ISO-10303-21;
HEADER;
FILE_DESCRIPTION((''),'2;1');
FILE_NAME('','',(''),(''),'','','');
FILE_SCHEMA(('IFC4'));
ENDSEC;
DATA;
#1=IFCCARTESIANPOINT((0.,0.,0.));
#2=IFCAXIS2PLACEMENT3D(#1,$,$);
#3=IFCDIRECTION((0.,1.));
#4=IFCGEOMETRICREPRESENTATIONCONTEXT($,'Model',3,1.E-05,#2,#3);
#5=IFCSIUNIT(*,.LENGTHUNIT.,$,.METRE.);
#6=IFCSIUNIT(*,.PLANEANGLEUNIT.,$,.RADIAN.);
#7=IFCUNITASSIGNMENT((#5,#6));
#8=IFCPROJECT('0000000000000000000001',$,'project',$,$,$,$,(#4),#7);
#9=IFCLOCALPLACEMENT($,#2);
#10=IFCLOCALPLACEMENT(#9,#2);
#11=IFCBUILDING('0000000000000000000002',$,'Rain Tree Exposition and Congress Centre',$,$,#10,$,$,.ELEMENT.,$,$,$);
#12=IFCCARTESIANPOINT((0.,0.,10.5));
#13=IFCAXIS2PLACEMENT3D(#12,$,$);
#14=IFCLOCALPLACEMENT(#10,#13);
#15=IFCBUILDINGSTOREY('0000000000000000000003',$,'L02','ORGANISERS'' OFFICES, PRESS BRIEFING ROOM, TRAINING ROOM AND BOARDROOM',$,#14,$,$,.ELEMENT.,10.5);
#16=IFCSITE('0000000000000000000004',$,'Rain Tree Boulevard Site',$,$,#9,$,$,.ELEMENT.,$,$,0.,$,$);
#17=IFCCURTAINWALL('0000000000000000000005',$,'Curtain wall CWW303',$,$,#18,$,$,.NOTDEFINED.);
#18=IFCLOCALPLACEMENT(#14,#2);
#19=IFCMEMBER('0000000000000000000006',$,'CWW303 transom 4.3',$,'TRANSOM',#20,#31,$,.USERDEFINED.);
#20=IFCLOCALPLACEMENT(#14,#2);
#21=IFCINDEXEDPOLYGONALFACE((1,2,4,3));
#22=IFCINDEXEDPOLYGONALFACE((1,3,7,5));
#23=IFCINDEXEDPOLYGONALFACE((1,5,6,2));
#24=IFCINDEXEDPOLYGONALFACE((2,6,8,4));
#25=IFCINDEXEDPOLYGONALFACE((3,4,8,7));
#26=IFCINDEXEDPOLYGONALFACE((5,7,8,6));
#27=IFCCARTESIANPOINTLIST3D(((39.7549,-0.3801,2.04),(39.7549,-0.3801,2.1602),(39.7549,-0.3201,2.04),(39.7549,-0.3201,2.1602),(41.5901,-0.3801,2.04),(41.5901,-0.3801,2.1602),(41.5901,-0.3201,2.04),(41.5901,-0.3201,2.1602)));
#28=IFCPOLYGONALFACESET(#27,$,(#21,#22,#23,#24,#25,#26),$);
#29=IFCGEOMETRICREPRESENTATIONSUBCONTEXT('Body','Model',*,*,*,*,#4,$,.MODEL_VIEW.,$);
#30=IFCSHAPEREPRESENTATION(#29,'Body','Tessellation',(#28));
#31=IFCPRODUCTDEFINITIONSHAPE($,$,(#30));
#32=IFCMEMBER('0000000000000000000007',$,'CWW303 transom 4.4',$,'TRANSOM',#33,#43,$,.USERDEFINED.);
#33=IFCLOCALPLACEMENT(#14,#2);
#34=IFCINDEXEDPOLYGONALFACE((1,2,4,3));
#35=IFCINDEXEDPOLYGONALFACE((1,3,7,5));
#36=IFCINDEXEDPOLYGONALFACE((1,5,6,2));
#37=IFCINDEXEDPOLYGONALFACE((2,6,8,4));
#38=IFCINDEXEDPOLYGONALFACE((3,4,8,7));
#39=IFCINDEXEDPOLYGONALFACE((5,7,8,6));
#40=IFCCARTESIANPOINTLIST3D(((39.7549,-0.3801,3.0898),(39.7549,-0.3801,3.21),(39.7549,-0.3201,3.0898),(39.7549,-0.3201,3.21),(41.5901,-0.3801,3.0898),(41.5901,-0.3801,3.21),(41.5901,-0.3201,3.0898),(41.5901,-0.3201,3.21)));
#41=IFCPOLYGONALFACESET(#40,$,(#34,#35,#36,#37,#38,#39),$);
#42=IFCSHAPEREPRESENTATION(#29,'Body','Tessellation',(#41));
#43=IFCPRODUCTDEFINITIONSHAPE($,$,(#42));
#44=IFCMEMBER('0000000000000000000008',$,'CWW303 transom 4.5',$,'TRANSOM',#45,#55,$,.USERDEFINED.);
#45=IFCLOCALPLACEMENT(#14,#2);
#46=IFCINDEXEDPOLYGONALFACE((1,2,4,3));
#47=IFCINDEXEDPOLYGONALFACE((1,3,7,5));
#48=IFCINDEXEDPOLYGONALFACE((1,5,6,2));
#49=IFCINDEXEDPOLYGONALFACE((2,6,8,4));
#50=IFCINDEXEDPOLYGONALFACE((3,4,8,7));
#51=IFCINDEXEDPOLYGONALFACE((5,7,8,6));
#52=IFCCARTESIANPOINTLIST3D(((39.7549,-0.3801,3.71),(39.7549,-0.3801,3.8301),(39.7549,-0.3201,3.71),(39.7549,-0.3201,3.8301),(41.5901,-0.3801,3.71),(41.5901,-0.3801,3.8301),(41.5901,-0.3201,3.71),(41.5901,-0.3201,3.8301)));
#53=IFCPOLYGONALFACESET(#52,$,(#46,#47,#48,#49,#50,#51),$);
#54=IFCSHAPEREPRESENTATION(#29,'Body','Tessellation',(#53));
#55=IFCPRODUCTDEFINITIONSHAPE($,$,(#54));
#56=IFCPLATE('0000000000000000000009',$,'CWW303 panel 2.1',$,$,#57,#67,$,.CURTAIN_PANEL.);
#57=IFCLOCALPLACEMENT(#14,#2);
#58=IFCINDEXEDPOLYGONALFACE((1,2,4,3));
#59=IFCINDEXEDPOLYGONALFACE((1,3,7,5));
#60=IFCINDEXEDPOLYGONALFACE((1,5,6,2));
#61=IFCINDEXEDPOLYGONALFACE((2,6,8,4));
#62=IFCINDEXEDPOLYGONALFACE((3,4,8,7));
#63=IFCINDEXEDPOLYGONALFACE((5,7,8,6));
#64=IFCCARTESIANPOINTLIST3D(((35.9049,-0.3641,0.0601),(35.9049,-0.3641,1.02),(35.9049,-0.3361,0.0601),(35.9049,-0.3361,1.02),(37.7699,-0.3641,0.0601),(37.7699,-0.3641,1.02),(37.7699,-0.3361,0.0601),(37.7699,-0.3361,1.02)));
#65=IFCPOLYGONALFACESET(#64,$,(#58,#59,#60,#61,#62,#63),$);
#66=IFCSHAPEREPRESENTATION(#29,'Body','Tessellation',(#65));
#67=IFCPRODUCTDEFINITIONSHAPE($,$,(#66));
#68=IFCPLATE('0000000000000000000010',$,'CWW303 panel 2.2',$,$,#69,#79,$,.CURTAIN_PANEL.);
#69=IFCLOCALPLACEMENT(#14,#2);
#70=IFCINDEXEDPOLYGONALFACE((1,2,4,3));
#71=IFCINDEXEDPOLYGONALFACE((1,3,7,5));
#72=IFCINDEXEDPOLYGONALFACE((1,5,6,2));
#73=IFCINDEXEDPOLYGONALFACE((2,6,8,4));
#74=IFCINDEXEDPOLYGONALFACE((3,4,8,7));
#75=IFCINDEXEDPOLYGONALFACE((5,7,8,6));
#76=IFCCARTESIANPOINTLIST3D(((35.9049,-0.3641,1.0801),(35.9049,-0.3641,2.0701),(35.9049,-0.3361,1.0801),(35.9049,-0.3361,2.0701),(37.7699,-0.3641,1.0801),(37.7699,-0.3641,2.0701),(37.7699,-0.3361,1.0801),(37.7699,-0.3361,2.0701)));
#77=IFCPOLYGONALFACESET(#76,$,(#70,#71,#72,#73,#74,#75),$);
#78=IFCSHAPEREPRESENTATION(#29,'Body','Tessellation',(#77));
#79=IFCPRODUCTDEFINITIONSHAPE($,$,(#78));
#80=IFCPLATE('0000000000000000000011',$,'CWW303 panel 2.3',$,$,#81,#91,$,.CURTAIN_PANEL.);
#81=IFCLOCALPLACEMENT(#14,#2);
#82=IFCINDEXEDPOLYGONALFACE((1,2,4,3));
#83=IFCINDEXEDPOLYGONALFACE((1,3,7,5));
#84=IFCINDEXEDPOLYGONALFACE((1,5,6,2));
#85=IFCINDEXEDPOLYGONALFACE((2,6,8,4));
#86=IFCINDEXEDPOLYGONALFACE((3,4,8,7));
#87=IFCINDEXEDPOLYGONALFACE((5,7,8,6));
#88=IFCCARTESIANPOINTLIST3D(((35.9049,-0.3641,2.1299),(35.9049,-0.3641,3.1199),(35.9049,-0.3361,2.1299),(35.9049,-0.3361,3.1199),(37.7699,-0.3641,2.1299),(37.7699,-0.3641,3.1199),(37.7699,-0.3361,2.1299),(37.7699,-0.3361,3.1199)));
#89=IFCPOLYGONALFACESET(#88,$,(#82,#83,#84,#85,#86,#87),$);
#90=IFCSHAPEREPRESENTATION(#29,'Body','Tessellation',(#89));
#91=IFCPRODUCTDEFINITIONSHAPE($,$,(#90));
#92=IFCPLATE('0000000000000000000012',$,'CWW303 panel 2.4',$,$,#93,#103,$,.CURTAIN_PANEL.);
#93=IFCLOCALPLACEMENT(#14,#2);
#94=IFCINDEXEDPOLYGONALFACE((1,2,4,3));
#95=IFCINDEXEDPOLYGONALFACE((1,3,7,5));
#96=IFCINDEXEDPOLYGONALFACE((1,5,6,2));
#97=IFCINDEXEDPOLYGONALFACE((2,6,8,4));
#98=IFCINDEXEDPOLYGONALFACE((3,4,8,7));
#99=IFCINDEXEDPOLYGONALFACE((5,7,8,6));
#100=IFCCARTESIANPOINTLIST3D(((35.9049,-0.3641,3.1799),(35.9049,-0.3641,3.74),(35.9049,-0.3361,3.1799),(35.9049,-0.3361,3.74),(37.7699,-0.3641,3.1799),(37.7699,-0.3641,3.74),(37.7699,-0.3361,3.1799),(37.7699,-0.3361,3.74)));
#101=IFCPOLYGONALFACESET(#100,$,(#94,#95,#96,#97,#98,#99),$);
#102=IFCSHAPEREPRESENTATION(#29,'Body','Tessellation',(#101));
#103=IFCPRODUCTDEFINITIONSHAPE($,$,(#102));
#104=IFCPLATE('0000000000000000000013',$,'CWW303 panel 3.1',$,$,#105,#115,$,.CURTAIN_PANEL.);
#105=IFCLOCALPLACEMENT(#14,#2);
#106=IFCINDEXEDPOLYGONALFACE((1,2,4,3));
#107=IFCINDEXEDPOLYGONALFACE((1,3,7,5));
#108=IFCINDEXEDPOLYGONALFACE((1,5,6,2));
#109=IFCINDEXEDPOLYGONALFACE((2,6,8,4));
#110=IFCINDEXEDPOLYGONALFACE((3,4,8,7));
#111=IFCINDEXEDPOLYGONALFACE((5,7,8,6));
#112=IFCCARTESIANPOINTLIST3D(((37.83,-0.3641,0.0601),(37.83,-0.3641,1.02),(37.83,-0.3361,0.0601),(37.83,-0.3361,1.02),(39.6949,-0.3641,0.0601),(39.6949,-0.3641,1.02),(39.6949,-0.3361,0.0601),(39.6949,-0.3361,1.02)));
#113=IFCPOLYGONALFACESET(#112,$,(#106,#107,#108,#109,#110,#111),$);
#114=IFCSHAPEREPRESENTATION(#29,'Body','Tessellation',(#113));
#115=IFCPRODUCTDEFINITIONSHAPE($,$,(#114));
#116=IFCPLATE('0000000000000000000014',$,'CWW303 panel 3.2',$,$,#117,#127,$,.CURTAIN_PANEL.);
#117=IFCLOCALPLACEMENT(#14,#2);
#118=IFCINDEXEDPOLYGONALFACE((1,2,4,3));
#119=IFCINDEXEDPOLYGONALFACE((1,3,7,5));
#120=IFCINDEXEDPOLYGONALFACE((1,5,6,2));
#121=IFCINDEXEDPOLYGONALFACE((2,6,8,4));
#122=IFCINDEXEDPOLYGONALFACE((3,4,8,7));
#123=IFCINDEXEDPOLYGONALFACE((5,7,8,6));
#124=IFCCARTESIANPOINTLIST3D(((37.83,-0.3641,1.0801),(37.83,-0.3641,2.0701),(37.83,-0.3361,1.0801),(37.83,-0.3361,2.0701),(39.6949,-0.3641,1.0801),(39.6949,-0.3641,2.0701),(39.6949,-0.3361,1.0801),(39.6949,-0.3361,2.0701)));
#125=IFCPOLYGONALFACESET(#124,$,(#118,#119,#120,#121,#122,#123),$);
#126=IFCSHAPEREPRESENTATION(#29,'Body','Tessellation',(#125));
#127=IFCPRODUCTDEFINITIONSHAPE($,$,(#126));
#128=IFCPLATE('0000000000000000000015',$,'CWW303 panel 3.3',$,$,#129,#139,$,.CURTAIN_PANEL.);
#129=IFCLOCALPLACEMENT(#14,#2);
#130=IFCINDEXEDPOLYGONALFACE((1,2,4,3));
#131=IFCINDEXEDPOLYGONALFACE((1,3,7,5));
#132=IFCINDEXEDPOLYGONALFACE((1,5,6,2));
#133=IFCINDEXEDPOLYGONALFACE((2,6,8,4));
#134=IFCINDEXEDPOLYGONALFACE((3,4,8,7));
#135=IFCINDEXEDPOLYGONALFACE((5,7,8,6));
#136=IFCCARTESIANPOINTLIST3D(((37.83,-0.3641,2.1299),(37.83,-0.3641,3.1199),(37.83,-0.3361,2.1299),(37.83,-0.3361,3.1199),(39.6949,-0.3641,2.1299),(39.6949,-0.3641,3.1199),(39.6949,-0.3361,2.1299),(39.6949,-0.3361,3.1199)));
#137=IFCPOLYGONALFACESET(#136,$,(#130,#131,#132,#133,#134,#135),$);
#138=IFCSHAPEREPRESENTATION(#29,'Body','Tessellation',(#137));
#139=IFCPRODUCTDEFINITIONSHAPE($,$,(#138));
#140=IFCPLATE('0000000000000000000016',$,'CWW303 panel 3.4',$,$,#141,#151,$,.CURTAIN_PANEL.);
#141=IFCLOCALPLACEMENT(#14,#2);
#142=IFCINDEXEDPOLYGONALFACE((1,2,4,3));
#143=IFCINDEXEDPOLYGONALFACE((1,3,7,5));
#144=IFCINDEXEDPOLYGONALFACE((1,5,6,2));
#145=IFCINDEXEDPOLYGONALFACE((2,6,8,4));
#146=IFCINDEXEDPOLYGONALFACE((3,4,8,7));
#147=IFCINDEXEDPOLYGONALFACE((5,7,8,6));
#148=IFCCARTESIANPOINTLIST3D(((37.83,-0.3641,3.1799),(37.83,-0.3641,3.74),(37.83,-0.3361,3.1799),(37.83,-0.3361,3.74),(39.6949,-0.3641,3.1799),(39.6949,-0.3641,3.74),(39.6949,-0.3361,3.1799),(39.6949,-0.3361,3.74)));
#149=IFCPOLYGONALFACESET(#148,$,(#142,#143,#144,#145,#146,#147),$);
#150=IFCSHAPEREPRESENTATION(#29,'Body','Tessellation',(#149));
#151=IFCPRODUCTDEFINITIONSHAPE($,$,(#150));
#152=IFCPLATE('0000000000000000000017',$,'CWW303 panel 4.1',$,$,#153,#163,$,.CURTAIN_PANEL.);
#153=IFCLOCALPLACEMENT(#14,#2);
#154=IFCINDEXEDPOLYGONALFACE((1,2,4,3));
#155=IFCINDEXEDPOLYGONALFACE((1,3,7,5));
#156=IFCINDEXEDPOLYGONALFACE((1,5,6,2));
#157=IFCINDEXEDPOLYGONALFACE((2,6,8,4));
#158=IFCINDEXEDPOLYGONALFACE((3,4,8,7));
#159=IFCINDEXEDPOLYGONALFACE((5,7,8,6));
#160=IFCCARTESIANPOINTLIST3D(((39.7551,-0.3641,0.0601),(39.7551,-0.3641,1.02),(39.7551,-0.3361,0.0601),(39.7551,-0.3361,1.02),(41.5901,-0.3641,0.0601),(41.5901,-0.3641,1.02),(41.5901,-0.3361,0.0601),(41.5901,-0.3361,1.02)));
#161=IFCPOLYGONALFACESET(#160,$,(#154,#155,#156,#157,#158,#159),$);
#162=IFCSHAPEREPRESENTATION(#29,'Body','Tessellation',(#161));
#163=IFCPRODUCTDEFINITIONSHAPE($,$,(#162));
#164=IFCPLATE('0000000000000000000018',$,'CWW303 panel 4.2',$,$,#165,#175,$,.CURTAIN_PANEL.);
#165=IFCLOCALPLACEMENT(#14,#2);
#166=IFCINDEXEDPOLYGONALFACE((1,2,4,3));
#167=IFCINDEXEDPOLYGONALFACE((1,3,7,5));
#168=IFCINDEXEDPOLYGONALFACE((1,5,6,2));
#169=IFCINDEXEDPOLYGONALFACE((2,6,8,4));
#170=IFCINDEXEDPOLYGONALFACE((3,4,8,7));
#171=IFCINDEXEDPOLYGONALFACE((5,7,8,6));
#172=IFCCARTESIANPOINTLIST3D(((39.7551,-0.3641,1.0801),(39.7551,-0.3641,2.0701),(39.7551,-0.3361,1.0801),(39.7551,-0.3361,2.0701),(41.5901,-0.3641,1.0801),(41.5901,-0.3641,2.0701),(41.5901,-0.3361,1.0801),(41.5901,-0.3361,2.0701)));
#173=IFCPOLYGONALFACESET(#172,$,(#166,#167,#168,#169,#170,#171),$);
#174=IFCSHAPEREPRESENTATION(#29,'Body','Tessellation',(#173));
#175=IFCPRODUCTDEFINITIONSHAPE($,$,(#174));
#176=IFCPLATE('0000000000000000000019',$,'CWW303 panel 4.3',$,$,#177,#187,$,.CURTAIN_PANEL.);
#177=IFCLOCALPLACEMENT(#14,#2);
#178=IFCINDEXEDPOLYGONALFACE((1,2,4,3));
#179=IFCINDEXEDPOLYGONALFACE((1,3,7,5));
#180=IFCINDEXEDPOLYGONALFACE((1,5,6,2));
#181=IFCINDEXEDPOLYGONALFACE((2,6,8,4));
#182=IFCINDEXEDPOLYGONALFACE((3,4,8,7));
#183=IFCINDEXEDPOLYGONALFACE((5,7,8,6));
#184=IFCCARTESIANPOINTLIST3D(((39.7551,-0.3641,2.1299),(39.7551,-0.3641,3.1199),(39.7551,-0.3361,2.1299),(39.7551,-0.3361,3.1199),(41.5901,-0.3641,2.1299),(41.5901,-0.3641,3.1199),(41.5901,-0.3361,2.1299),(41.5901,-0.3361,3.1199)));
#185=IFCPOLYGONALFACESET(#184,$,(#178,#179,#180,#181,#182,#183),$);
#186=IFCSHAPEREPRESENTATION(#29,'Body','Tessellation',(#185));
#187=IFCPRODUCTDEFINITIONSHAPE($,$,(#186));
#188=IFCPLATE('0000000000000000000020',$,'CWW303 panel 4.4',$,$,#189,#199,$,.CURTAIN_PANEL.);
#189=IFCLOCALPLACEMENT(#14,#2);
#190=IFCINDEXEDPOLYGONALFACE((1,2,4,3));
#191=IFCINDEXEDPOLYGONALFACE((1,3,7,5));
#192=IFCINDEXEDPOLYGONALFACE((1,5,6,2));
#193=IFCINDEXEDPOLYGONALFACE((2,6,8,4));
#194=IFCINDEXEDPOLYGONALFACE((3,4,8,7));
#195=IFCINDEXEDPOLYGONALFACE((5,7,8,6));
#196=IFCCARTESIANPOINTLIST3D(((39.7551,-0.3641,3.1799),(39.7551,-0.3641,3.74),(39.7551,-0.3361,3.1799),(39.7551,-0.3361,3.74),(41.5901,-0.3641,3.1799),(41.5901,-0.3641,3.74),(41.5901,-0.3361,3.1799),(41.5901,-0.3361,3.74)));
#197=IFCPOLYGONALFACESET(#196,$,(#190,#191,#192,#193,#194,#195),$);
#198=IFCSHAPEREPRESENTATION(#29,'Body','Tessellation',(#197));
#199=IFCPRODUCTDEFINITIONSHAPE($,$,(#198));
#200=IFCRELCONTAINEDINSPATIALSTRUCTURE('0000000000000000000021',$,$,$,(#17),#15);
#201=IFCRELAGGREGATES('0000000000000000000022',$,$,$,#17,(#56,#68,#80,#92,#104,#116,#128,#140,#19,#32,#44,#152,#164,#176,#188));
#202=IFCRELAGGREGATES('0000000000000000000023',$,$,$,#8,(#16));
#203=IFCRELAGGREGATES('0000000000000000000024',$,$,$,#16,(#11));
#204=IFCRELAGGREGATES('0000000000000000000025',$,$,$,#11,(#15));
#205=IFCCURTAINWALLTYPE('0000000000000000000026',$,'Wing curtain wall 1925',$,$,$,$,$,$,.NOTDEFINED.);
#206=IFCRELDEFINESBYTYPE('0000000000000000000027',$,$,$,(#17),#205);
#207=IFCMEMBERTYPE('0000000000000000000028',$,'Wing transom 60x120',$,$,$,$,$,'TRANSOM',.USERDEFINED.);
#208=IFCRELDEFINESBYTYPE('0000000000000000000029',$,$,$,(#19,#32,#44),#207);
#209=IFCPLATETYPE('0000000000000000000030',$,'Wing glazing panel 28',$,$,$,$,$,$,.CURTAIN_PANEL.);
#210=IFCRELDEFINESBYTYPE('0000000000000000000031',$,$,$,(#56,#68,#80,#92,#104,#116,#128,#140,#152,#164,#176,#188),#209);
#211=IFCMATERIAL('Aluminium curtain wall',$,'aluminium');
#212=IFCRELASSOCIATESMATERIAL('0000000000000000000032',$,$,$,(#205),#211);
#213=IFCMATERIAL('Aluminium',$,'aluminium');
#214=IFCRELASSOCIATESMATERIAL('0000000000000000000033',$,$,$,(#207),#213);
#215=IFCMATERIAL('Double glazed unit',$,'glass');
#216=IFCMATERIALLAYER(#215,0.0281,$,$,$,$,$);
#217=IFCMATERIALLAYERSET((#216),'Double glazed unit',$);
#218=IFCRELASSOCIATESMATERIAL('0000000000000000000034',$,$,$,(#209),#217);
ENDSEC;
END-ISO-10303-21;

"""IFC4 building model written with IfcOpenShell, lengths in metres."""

from ifc_helpers import new_model, si_unit, direction, frame, origin, origin_2d, place, context, subcontext, project, spatial, rectangle, extrude, material, layer, layer_set, material_profile, profile_set, type_object, element, aggregate, save


model = new_model("IFC4")

# Units and contexts
model_context = context("Model", 3, precision=1e-05, world=origin(), true_north=direction((0.0, 1.0)))
body_context = subcontext(model_context, "Body", "Model", "MODEL_VIEW")
ifc_project = project(units=[si_unit("LENGTHUNIT", "METRE"), si_unit("PLANEANGLEUNIT", "RADIAN")], contexts=[model_context])

# Site, building, storey
site_placement = place(None, origin())
site = spatial("IfcSite", under=ifc_project, at=site_placement, Name="Rain Tree Boulevard Site", CompositionType="ELEMENT", RefElevation=0.0)
building_placement = place(site_placement, origin())
building = spatial("IfcBuilding", under=site, at=building_placement, Name="Rain Tree Exposition and Congress Centre", CompositionType="ELEMENT")
storey_placement = place(building_placement, frame((0.0, 0.0, 10.5)))
storey = spatial("IfcBuildingStorey", under=building, at=storey_placement, Name="L02", Description="ORGANISERS' OFFICES, PRESS BRIEFING ROOM, TRAINING ROOM AND BOARDROOM", CompositionType="ELEMENT", Elevation=10.5)

# Curtain wall, members, plates
ifc_material_1 = material(Name="Aluminium curtain wall", Category="aluminium")
curtain_wall_type = type_object("IfcCurtainWallType", Name="Wing curtain wall 1925", PredefinedType="NOTDEFINED", material=ifc_material_1)
curtain_wall_placement = place(storey_placement, origin())
curtain_wall = element("IfcCurtainWall", 1, at=curtain_wall_placement, inside=storey, type_object=curtain_wall_type, Name="Curtain wall CWW303", PredefinedType="NOTDEFINED")
ifc_material_2 = material(Name="Aluminium", Category="aluminium")
ifc_material_profile_1 = material_profile(ifc_material_2, rectangle(XDim=0.0601, YDim=0.1201, at=origin_2d()), Name="Aluminium 60x120")
ifc_profile_set_1 = profile_set([ifc_material_profile_1], Name="Aluminium")
member_type_1 = type_object("IfcMemberType", Name="Wing transom 60x120", ElementType="TRANSOM", PredefinedType="USERDEFINED", material=ifc_profile_set_1)
member_1_placement = place(storey_placement, frame((39.7549, -0.3501, 2.1001), z_axis=(1.0, 0.0, 0.0), x_axis=(0.0, 1.0, 0.0)))
member_1 = element("IfcMember", 2, at=member_1_placement, type_object=member_type_1, Name="CWW303 transom 4.3", ObjectType="TRANSOM", PredefinedType="USERDEFINED", context=body_context, shape_type="SweptSolid", body=[
    extrude(rectangle(XDim=0.0601, YDim=0.1201, at=origin_2d()), origin(), (0.0, 0.0, 1.0), 1.8352),
])
member_2_placement = place(storey_placement, frame((39.7549, -0.3501, 3.1499), z_axis=(1.0, 0.0, 0.0), x_axis=(0.0, 1.0, 0.0)))
member_2 = element("IfcMember", 3, at=member_2_placement, type_object=member_type_1, Name="CWW303 transom 4.4", ObjectType="TRANSOM", PredefinedType="USERDEFINED", context=body_context, shape_type="SweptSolid", body=[
    extrude(rectangle(XDim=0.0601, YDim=0.1201, at=origin_2d()), origin(), (0.0, 0.0, 1.0), 1.8352),
])
member_3_placement = place(storey_placement, frame((39.7549, -0.3501, 3.77), z_axis=(1.0, 0.0, 0.0), x_axis=(0.0, 1.0, 0.0)))
member_3 = element("IfcMember", 4, at=member_3_placement, type_object=member_type_1, Name="CWW303 transom 4.5", ObjectType="TRANSOM", PredefinedType="USERDEFINED", context=body_context, shape_type="SweptSolid", body=[
    extrude(rectangle(XDim=0.0601, YDim=0.1201, at=origin_2d()), origin(), (0.0, 0.0, 1.0), 1.8352),
])
ifc_material_3 = material(Name="Double glazed unit", Category="glass")
ifc_layer_1 = layer(ifc_material_3, 0.0281)
ifc_layer_set_1 = layer_set([ifc_layer_1], Name="Double glazed unit")
plate_type = type_object("IfcPlateType", Name="Wing glazing panel 28", PredefinedType="CURTAIN_PANEL", material=ifc_layer_set_1)
plate_1_placement = place(storey_placement, frame((36.8374, -0.3501, 0.0601), z_axis=(0.0, 0.0, 1.0), x_axis=(1.0, 0.0, 0.0)))
plate_1 = element("IfcPlate", 5, at=plate_1_placement, type_object=plate_type, Name="CWW303 panel 2.1", PredefinedType="CURTAIN_PANEL", context=body_context, shape_type="SweptSolid", body=[
    extrude(rectangle(XDim=1.865, YDim=0.0281, at=origin_2d()), origin(), (0.0, 0.0, 1.0), 0.96),
])
plate_2_placement = place(storey_placement, frame((36.8374, -0.3501, 1.0801), z_axis=(0.0, 0.0, 1.0), x_axis=(1.0, 0.0, 0.0)))
plate_2 = element("IfcPlate", 6, at=plate_2_placement, type_object=plate_type, Name="CWW303 panel 2.2", PredefinedType="CURTAIN_PANEL", context=body_context, shape_type="SweptSolid", body=[
    extrude(rectangle(XDim=1.865, YDim=0.0281, at=origin_2d()), origin(), (0.0, 0.0, 1.0), 0.99),
])
plate_3_placement = place(storey_placement, frame((36.8374, -0.3501, 2.1299), z_axis=(0.0, 0.0, 1.0), x_axis=(1.0, 0.0, 0.0)))
plate_3 = element("IfcPlate", 7, at=plate_3_placement, type_object=plate_type, Name="CWW303 panel 2.3", PredefinedType="CURTAIN_PANEL", context=body_context, shape_type="SweptSolid", body=[
    extrude(rectangle(XDim=1.865, YDim=0.0281, at=origin_2d()), origin(), (0.0, 0.0, 1.0), 0.99),
])
plate_4_placement = place(storey_placement, frame((36.8374, -0.3501, 3.1799), z_axis=(0.0, 0.0, 1.0), x_axis=(1.0, 0.0, 0.0)))
plate_4 = element("IfcPlate", 8, at=plate_4_placement, type_object=plate_type, Name="CWW303 panel 2.4", PredefinedType="CURTAIN_PANEL", context=body_context, shape_type="SweptSolid", body=[
    extrude(rectangle(XDim=1.865, YDim=0.0281, at=origin_2d()), origin(), (0.0, 0.0, 1.0), 0.5601),
])
plate_5_placement = place(storey_placement, frame((38.7625, -0.3501, 0.0601), z_axis=(0.0, 0.0, 1.0), x_axis=(1.0, 0.0, 0.0)))
plate_5 = element("IfcPlate", 9, at=plate_5_placement, type_object=plate_type, Name="CWW303 panel 3.1", PredefinedType="CURTAIN_PANEL", context=body_context, shape_type="SweptSolid", body=[
    extrude(rectangle(XDim=1.865, YDim=0.0281, at=origin_2d()), origin(), (0.0, 0.0, 1.0), 0.96),
])
plate_6_placement = place(storey_placement, frame((38.7625, -0.3501, 1.0801), z_axis=(0.0, 0.0, 1.0), x_axis=(1.0, 0.0, 0.0)))
plate_6 = element("IfcPlate", 10, at=plate_6_placement, type_object=plate_type, Name="CWW303 panel 3.2", PredefinedType="CURTAIN_PANEL", context=body_context, shape_type="SweptSolid", body=[
    extrude(rectangle(XDim=1.865, YDim=0.0281, at=origin_2d()), origin(), (0.0, 0.0, 1.0), 0.99),
])
plate_7_placement = place(storey_placement, frame((38.7625, -0.3501, 2.1299), z_axis=(0.0, 0.0, 1.0), x_axis=(1.0, 0.0, 0.0)))
plate_7 = element("IfcPlate", 11, at=plate_7_placement, type_object=plate_type, Name="CWW303 panel 3.3", PredefinedType="CURTAIN_PANEL", context=body_context, shape_type="SweptSolid", body=[
    extrude(rectangle(XDim=1.865, YDim=0.0281, at=origin_2d()), origin(), (0.0, 0.0, 1.0), 0.99),
])
plate_8_placement = place(storey_placement, frame((38.7625, -0.3501, 3.1799), z_axis=(0.0, 0.0, 1.0), x_axis=(1.0, 0.0, 0.0)))
plate_8 = element("IfcPlate", 12, at=plate_8_placement, type_object=plate_type, Name="CWW303 panel 3.4", PredefinedType="CURTAIN_PANEL", context=body_context, shape_type="SweptSolid", body=[
    extrude(rectangle(XDim=1.865, YDim=0.0281, at=origin_2d()), origin(), (0.0, 0.0, 1.0), 0.5601),
])
plate_9_placement = place(storey_placement, frame((40.6726, -0.3501, 0.0601), z_axis=(0.0, 0.0, 1.0), x_axis=(1.0, 0.0, 0.0)))
plate_9 = element("IfcPlate", 13, at=plate_9_placement, type_object=plate_type, Name="CWW303 panel 4.1", PredefinedType="CURTAIN_PANEL", context=body_context, shape_type="SweptSolid", body=[
    extrude(rectangle(XDim=1.835, YDim=0.0281, at=origin_2d()), origin(), (0.0, 0.0, 1.0), 0.96),
])
plate_10_placement = place(storey_placement, frame((40.6726, -0.3501, 1.0801), z_axis=(0.0, 0.0, 1.0), x_axis=(1.0, 0.0, 0.0)))
plate_10 = element("IfcPlate", 14, at=plate_10_placement, type_object=plate_type, Name="CWW303 panel 4.2", PredefinedType="CURTAIN_PANEL", context=body_context, shape_type="SweptSolid", body=[
    extrude(rectangle(XDim=1.835, YDim=0.0281, at=origin_2d()), origin(), (0.0, 0.0, 1.0), 0.99),
])
plate_11_placement = place(storey_placement, frame((40.6726, -0.3501, 2.1299), z_axis=(0.0, 0.0, 1.0), x_axis=(1.0, 0.0, 0.0)))
plate_11 = element("IfcPlate", 15, at=plate_11_placement, type_object=plate_type, Name="CWW303 panel 4.3", PredefinedType="CURTAIN_PANEL", context=body_context, shape_type="SweptSolid", body=[
    extrude(rectangle(XDim=1.835, YDim=0.0281, at=origin_2d()), origin(), (0.0, 0.0, 1.0), 0.99),
])
plate_12_placement = place(storey_placement, frame((40.6726, -0.3501, 3.1799), z_axis=(0.0, 0.0, 1.0), x_axis=(1.0, 0.0, 0.0)))
plate_12 = element("IfcPlate", 16, at=plate_12_placement, type_object=plate_type, Name="CWW303 panel 4.4", PredefinedType="CURTAIN_PANEL", context=body_context, shape_type="SweptSolid", body=[
    extrude(rectangle(XDim=1.835, YDim=0.0281, at=origin_2d()), origin(), (0.0, 0.0, 1.0), 0.5601),
])
aggregate(curtain_wall, [plate_1, plate_2, plate_3, plate_4, plate_5, plate_6, plate_7, plate_8, member_1, member_2, member_3, plate_9, plate_10, plate_11, plate_12])

save(model, "model.ifc")
